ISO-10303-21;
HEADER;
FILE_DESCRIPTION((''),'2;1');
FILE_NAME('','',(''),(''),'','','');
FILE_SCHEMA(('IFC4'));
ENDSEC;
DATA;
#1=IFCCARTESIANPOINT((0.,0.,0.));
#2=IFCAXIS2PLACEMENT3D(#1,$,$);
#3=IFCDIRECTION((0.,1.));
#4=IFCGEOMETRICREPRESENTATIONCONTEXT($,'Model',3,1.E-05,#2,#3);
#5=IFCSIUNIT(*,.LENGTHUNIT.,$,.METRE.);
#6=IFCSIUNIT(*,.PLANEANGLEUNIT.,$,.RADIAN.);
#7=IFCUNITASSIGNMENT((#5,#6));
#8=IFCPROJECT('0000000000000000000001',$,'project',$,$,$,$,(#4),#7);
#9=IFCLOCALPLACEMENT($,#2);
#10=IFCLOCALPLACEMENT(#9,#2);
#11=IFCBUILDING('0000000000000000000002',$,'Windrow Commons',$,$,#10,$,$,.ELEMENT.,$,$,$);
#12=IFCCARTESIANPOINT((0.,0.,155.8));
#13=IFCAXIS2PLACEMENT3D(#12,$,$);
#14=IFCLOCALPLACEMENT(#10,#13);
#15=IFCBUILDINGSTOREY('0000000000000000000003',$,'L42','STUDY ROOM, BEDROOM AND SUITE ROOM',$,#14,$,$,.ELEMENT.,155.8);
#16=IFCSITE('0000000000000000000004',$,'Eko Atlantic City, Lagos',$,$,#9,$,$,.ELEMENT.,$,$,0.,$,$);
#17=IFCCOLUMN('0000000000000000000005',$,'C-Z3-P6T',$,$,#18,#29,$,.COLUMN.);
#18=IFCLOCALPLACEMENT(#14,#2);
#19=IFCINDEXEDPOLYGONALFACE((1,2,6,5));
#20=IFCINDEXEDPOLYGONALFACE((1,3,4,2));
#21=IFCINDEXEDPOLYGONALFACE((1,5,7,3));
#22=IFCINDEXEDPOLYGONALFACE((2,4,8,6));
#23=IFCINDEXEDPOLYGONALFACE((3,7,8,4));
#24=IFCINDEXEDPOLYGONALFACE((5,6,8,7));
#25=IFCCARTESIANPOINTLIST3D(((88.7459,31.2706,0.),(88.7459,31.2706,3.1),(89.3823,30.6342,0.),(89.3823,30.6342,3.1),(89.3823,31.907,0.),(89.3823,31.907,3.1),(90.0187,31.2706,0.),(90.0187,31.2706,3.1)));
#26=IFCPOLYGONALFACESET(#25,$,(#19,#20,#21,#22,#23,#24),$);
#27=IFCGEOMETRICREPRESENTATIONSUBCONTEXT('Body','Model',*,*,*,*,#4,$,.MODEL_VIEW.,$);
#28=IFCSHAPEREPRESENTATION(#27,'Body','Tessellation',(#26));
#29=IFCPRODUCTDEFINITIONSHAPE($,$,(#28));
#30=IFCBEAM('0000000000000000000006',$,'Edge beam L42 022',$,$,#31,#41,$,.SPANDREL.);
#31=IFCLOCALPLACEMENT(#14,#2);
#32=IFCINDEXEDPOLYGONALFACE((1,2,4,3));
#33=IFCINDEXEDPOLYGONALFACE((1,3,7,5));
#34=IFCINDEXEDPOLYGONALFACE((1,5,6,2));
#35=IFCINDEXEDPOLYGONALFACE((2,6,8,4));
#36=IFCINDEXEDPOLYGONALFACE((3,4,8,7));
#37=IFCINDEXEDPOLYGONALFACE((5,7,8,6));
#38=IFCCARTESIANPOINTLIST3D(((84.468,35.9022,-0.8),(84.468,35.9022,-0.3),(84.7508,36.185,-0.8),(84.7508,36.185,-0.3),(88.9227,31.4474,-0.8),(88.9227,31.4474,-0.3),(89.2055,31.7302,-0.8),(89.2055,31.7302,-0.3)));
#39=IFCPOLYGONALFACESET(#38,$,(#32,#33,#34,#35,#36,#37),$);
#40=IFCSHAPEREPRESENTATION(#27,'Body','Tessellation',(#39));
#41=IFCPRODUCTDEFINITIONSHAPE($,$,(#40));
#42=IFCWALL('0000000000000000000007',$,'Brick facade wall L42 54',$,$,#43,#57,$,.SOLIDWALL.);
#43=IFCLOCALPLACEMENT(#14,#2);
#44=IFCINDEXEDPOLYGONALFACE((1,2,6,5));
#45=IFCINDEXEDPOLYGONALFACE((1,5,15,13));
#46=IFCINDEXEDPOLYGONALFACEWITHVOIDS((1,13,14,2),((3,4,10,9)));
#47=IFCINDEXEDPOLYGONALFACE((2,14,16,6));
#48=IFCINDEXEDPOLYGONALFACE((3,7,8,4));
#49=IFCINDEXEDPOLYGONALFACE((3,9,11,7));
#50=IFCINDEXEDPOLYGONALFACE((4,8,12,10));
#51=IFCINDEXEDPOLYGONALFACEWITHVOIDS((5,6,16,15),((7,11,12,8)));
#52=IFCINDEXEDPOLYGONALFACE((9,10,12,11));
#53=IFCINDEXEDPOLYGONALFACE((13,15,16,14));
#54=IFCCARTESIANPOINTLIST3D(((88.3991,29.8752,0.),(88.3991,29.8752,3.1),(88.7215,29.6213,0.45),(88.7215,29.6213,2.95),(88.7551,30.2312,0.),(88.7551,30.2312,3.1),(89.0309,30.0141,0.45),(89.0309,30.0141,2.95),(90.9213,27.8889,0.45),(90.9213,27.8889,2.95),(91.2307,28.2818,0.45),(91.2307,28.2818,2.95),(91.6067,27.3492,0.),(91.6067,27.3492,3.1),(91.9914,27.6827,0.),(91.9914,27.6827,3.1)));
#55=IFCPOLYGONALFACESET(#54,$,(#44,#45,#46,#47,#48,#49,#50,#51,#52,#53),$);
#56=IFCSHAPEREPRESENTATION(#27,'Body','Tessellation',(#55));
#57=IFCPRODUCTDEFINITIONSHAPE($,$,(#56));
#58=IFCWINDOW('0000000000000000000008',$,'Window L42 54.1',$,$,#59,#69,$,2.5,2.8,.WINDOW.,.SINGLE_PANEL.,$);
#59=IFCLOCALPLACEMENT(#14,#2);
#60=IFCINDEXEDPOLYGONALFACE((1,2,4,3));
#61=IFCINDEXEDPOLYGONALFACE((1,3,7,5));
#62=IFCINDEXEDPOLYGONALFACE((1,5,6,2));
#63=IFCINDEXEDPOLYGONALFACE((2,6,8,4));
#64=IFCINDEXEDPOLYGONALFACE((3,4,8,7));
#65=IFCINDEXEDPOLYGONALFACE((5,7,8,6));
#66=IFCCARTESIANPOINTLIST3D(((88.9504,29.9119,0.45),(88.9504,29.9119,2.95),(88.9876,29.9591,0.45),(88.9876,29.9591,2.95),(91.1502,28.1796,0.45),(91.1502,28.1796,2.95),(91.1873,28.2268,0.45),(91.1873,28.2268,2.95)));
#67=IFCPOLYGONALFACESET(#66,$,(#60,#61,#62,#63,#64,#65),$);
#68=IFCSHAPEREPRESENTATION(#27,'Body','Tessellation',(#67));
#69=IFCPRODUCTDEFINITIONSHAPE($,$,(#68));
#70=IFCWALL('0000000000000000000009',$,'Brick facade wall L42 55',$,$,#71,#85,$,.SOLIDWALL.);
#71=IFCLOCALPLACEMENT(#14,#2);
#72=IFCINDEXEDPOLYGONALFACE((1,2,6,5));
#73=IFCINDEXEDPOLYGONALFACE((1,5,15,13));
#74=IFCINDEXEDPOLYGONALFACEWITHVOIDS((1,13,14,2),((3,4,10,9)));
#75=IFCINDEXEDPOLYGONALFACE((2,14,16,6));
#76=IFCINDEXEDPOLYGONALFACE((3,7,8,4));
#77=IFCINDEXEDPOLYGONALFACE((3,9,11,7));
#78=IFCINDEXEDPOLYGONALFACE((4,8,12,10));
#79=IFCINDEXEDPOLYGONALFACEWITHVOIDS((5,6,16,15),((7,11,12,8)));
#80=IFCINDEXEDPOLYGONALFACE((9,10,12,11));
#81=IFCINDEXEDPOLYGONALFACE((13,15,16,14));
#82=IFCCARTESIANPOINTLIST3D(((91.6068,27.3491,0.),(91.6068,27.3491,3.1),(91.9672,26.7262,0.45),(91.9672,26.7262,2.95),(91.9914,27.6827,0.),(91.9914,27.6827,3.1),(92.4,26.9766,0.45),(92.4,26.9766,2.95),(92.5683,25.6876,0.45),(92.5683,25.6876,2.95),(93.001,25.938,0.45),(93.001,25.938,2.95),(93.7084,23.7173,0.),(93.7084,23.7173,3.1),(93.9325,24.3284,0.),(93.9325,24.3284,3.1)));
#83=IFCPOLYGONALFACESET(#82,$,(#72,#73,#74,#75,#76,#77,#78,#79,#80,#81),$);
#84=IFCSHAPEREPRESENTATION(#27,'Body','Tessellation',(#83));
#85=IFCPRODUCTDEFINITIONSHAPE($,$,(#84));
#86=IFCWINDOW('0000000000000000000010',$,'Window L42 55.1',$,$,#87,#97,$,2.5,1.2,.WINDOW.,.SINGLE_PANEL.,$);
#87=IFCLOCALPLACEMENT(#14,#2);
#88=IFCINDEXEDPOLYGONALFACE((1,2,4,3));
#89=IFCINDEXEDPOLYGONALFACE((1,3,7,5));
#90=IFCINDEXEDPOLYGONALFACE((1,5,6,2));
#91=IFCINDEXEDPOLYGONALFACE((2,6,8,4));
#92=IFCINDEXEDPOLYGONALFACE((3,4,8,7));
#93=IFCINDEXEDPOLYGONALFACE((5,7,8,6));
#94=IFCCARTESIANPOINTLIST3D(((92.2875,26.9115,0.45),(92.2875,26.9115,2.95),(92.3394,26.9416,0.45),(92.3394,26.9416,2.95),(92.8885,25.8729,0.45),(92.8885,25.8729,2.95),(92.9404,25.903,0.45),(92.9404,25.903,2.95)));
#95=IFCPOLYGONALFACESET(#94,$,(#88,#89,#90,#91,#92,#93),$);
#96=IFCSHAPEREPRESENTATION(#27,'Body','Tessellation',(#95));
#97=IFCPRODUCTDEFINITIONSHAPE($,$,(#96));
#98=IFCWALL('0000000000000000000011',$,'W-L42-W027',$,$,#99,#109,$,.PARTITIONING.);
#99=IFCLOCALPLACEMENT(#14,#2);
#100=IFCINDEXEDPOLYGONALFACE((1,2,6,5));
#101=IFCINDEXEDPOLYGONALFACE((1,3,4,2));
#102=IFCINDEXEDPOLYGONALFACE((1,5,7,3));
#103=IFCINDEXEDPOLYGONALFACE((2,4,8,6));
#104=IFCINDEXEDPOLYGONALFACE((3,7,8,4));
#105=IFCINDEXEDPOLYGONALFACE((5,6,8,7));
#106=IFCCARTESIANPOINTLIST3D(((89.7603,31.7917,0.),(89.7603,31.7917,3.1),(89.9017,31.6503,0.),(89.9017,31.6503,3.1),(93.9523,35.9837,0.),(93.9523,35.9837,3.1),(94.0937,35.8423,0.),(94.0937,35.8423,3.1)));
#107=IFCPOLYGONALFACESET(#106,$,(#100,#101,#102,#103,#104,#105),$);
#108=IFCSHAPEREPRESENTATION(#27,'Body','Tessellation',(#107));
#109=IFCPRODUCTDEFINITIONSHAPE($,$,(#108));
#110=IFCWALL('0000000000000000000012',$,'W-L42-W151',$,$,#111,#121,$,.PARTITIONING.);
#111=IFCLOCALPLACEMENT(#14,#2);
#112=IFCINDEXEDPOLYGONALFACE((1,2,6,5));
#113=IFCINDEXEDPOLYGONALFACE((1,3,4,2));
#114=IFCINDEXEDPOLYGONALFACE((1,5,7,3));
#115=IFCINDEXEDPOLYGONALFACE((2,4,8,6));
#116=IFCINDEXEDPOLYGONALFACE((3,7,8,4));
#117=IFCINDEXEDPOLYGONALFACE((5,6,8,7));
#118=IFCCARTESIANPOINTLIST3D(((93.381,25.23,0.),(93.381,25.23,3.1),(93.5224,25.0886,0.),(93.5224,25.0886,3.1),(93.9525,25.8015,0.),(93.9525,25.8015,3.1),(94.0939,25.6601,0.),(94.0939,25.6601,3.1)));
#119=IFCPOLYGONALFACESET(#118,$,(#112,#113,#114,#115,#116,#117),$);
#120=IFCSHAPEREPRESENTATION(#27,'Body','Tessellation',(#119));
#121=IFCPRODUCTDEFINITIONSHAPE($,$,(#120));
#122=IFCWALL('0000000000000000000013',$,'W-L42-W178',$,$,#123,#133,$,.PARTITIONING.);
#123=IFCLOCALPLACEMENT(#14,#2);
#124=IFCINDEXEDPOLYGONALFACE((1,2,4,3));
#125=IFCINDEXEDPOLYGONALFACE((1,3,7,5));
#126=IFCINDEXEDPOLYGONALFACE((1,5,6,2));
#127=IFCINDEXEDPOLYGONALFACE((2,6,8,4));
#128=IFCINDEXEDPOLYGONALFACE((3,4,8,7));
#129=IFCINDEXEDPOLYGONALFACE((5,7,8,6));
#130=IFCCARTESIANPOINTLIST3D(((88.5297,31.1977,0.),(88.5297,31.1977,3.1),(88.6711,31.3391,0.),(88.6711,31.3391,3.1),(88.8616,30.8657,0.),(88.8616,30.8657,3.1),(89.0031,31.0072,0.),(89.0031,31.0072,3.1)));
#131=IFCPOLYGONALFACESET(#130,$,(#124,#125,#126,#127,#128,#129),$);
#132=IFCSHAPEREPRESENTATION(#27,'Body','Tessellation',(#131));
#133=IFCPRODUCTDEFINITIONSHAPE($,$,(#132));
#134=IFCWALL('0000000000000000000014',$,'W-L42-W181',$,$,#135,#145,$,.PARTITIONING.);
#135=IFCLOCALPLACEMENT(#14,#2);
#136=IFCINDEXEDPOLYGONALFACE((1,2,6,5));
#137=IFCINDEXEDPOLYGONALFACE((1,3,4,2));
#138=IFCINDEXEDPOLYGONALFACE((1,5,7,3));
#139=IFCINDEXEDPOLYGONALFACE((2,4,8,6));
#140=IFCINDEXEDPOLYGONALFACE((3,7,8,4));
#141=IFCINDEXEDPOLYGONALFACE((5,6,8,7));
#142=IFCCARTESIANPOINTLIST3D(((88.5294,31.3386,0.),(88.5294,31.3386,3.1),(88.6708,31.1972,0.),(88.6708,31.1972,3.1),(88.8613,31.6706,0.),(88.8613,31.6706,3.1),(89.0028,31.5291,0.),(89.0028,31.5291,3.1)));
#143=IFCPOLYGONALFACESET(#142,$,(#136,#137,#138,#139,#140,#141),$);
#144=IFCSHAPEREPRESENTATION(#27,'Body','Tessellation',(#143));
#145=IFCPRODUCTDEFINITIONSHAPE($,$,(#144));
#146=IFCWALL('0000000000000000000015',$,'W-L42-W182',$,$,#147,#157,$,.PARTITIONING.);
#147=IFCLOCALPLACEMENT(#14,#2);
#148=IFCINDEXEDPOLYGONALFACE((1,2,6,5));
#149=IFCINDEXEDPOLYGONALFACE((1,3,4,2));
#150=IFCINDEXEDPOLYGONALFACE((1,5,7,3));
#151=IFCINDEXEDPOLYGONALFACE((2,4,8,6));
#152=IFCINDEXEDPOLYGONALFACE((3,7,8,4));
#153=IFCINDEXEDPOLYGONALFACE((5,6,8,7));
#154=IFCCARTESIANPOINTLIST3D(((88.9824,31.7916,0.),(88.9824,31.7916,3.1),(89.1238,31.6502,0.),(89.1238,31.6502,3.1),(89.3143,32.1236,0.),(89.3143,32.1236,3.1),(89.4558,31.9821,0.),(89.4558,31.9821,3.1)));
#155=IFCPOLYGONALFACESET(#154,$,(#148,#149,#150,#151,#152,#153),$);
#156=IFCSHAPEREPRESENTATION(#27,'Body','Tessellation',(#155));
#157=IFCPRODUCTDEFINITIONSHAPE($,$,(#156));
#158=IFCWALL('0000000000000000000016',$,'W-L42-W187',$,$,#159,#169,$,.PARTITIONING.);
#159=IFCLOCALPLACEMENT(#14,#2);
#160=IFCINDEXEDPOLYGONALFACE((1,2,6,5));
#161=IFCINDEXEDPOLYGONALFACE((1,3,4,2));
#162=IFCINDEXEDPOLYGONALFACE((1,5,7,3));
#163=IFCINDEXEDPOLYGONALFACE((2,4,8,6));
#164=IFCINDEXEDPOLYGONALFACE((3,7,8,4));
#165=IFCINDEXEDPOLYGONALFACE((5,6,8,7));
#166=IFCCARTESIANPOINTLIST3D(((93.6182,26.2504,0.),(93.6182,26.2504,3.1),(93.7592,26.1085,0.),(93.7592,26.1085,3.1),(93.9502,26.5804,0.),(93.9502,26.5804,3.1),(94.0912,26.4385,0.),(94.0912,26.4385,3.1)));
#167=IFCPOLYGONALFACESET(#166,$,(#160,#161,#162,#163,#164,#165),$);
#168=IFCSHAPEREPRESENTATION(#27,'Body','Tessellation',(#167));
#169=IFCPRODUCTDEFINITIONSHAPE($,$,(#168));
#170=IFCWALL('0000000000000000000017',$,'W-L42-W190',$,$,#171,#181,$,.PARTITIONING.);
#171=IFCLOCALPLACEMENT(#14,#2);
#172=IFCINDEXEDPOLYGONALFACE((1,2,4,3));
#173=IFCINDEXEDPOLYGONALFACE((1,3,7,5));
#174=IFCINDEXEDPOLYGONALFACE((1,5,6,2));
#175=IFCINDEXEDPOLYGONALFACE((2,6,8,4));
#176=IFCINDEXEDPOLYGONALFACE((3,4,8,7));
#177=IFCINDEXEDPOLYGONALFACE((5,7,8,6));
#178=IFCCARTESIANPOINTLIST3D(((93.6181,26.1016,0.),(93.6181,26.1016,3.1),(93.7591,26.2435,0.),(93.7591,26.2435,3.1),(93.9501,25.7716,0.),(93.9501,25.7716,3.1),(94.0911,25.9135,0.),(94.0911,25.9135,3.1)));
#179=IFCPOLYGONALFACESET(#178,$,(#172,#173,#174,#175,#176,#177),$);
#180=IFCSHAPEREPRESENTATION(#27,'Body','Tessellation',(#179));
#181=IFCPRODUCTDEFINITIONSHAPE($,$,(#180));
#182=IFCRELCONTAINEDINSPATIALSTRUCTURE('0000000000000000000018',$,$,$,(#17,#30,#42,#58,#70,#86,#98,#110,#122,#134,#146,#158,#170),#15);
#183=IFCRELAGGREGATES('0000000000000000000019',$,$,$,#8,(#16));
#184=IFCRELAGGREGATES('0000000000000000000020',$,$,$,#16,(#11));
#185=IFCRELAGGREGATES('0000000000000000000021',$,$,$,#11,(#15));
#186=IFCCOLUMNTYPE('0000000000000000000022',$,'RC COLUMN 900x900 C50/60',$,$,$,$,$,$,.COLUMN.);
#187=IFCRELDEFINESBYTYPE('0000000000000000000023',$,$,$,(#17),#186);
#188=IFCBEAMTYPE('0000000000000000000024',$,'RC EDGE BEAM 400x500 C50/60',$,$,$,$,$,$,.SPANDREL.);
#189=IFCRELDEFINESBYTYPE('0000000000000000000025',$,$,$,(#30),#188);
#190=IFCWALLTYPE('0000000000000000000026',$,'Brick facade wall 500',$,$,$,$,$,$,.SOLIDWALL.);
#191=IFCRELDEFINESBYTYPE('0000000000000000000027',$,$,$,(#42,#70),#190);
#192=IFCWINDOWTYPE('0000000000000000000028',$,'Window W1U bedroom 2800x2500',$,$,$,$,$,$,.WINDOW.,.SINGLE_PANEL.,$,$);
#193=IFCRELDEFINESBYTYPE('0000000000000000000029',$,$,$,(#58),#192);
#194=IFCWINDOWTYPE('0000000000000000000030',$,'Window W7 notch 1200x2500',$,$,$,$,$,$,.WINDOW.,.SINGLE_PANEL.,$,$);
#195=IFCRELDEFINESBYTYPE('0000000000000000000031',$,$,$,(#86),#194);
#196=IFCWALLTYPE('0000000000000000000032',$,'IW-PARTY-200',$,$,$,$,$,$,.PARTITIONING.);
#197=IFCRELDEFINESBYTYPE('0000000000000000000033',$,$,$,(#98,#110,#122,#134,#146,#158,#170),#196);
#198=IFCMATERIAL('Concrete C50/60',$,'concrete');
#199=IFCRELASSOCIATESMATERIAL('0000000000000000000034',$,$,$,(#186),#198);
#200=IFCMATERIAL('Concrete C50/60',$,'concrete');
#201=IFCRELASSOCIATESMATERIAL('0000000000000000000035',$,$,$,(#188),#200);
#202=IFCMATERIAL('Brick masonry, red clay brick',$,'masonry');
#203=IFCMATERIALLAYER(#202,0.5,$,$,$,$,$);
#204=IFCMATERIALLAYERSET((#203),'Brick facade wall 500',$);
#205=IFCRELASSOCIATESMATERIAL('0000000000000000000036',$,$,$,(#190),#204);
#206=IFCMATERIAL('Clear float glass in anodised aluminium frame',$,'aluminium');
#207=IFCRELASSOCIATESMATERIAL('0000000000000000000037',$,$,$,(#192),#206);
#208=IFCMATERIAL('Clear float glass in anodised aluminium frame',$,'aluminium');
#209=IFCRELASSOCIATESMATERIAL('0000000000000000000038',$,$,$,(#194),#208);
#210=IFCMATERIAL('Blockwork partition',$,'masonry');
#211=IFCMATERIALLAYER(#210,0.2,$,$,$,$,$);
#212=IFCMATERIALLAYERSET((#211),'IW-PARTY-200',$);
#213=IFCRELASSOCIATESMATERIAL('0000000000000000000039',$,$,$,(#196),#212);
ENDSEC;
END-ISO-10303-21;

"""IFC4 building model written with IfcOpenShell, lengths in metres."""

from ifc_helpers import new_model, si_unit, direction, frame, frame_2d, origin, origin_2d, place, context, subcontext, project, spatial, polyline, rectangle, outline, extrude, material, layer, layer_set, material_profile, profile_set, type_object, element, fill, save


model = new_model("IFC4")

# Units and contexts
model_context = context("Model", 3, precision=1e-05, world=origin(), true_north=direction((0.0, 1.0)))
body_context = subcontext(model_context, "Body", "Model", "MODEL_VIEW")
ifc_project = project(units=[si_unit("LENGTHUNIT", "METRE"), si_unit("PLANEANGLEUNIT", "RADIAN")], contexts=[model_context])

# Site, building, storey
site_placement = place(None, origin())
site = spatial("IfcSite", under=ifc_project, at=site_placement, Name="Eko Atlantic City, Lagos", CompositionType="ELEMENT", RefElevation=0.0)
building_placement = place(site_placement, origin())
building = spatial("IfcBuilding", under=site, at=building_placement, Name="Windrow Commons", CompositionType="ELEMENT")
storey_placement = place(building_placement, frame((0.0, 0.0, 155.8)))
storey = spatial("IfcBuildingStorey", under=building, at=storey_placement, Name="L42", Description="STUDY ROOM, BEDROOM AND SUITE ROOM", CompositionType="ELEMENT", Elevation=155.8)

# Column
ifc_material_1 = material(Name="Concrete C50/60", Category="concrete")
ifc_material_profile_1 = material_profile(ifc_material_1, rectangle(XDim=0.9, YDim=0.9, at=origin_2d()))
ifc_profile_set_1 = profile_set([ifc_material_profile_1], Name="Concrete C50/60")
column_type = type_object("IfcColumnType", Name="RC COLUMN 900x900 C50/60", PredefinedType="COLUMN", material=ifc_profile_set_1)
column_placement = place(storey_placement, frame((89.3823, 31.2706, 0.0), z_axis=(0.0, 0.0, 1.0), x_axis=(0.707107, -0.707107, 0.0)))
element("IfcColumn", 1, at=column_placement, inside=storey, type_object=column_type, Name="C-Z3-P6T", PredefinedType="COLUMN", context=body_context, shape_type="SweptSolid", body=[
    extrude(rectangle(XDim=0.9, YDim=0.9, at=origin_2d()), origin(), (0.0, 0.0, 1.0), 3.1),
])

# Beam
ifc_material_2 = material(Name="Concrete C50/60", Category="concrete")
ifc_material_profile_2 = material_profile(ifc_material_2, rectangle(XDim=0.4, YDim=0.5, at=origin_2d()))
ifc_profile_set_2 = profile_set([ifc_material_profile_2], Name="Concrete C50/60")
beam_type = type_object("IfcBeamType", Name="RC EDGE BEAM 400x500 C50/60", PredefinedType="SPANDREL", material=ifc_profile_set_2)
beam_placement = place(storey_placement, frame((89.0641, 31.5888, -0.55), z_axis=(-0.707099, 0.707115, 0.0), x_axis=(-0.707115, -0.707099, 0.0)))
element("IfcBeam", 2, at=beam_placement, inside=storey, type_object=beam_type, Name="Edge beam L42 022", PredefinedType="SPANDREL", context=body_context, shape_type="SweptSolid", body=[
    extrude(rectangle(XDim=0.4, YDim=0.5, at=origin_2d()), origin(), (0.0, 0.0, 1.0), 6.3),
])

# Walls, openings, windows
ifc_material_3 = material(Name="Brick masonry, red clay brick", Category="masonry")
ifc_layer_1 = layer(ifc_material_3, 0.5)
ifc_layer_set_1 = layer_set([ifc_layer_1], Name="Brick facade wall 500")
wall_type_1 = type_object("IfcWallType", Name="Brick facade wall 500", PredefinedType="SOLIDWALL", material=ifc_layer_set_1)
wall_1_placement = place(storey_placement, frame((88.5771, 30.0532, 0.0), z_axis=(0.0, 0.0, 1.0), x_axis=(0.785639, -0.618685, 0.0)))
wall_1 = element("IfcWall", 3, at=wall_1_placement, inside=storey, type_object=wall_type_1, Name="Brick facade wall L42 54", PredefinedType="SOLIDWALL", context=body_context, shape_type="SweptSolid", body=[
    extrude(outline(polyline([(-0.0297, -0.25), (4.0531, -0.25), (4.149, 0.25), (0.0297, 0.25), (-0.0297, -0.25)])), origin(), (0.0, 0.0, 1.0), 3.1),
])
opening_1_placement = place(wall_1_placement, frame((0.3807, 0.0, 0.45)))
opening_1 = element("IfcOpeningElement", 4, at=opening_1_placement, cuts=wall_1, PredefinedType="OPENING", context=body_context, shape_type="SweptSolid", body=[
    extrude(rectangle(XDim=2.8, YDim=2.5, at=frame_2d((1.4, 1.25))), frame((0.0, 0.26, 0.0), z_axis=(0.0, -1.0, 0.0), x_axis=(1.0, 0.0, 0.0)), (0.0, 0.0, 1.0), 0.52),
])
ifc_material_4 = material(Name="Clear float glass in anodised aluminium frame", Category="aluminium")
window_type_1 = type_object("IfcWindowType", Name="Window W1U bedroom 2800x2500", PartitioningType="SINGLE_PANEL", PredefinedType="WINDOW", material=ifc_material_4)
window_1_placement = place(opening_1_placement, origin())
window_1 = element("IfcWindow", 5, at=window_1_placement, inside=storey, type_object=window_type_1, Name="Window L42 54.1", OverallHeight=2.5, OverallWidth=2.8, PartitioningType="SINGLE_PANEL", PredefinedType="WINDOW", context=body_context, shape_type="SweptSolid", body=[
    extrude(rectangle(XDim=2.8, YDim=2.5, at=frame_2d((1.4, 1.25))), frame((0.0, 0.18, 0.0), z_axis=(0.0, -1.0, 0.0), x_axis=(1.0, 0.0, 0.0)), (0.0, 0.0, 1.0), 0.06),
])
fill(opening_1, window_1)
wall_2_placement = place(storey_placement, frame((91.7991, 27.5159, 0.0), z_axis=(0.0, 0.0, 1.0), x_axis=(0.500858, -0.86553, 0.0)))
wall_2 = element("IfcWall", 6, at=wall_2_placement, inside=storey, type_object=wall_type_1, Name="Brick facade wall L42 55", PredefinedType="SOLIDWALL", context=body_context, shape_type="SweptSolid", body=[
    extrude(outline(polyline([(0.048, -0.25), (4.2441, -0.25), (3.8274, 0.25), (-0.048, 0.25), (0.048, -0.25)])), origin(), (0.0, 0.0, 1.0), 3.1),
])
opening_2_placement = place(wall_2_placement, frame((0.7677, 0.0, 0.45)))
opening_2 = element("IfcOpeningElement", 7, at=opening_2_placement, cuts=wall_2, PredefinedType="OPENING", context=body_context, shape_type="SweptSolid", body=[
    extrude(rectangle(XDim=1.2, YDim=2.5, at=frame_2d((0.6, 1.25))), frame((0.0, 0.26, 0.0), z_axis=(0.0, -1.0, 0.0), x_axis=(1.0, 0.0, 0.0)), (0.0, 0.0, 1.0), 0.52),
])
ifc_material_5 = material(Name="Clear float glass in anodised aluminium frame", Category="aluminium")
window_type_2 = type_object("IfcWindowType", Name="Window W7 notch 1200x2500", PartitioningType="SINGLE_PANEL", PredefinedType="WINDOW", material=ifc_material_5)
window_2_placement = place(opening_2_placement, origin())
window_2 = element("IfcWindow", 8, at=window_2_placement, inside=storey, type_object=window_type_2, Name="Window L42 55.1", OverallHeight=2.5, OverallWidth=1.2, PartitioningType="SINGLE_PANEL", PredefinedType="WINDOW", context=body_context, shape_type="SweptSolid", body=[
    extrude(rectangle(XDim=1.2, YDim=2.5, at=frame_2d((0.6, 1.25))), frame((0.0, 0.18, 0.0), z_axis=(0.0, -1.0, 0.0), x_axis=(1.0, 0.0, 0.0)), (0.0, 0.0, 1.0), 0.06),
])
fill(opening_2, window_2)

# Walls
ifc_material_6 = material(Name="Blockwork partition", Category="masonry")
ifc_layer_2 = layer(ifc_material_6, 0.2)
ifc_layer_set_2 = layer_set([ifc_layer_2], Name="IW-PARTY-200")
wall_type_2 = type_object("IfcWallType", Name="IW-PARTY-200", PredefinedType="PARTITIONING", material=ifc_layer_set_2)
wall_3_placement = place(storey_placement, frame((89.831, 31.721, 0.0), z_axis=(0.0, 0.0, 1.0), x_axis=(0.707107, 0.707107, 0.0)))
element("IfcWall", 9, at=wall_3_placement, inside=storey, type_object=wall_type_2, Name="W-L42-W027", PredefinedType="PARTITIONING", context=body_context, shape_type="SweptSolid", body=[
    extrude(rectangle(XDim=5.9284, YDim=0.2, at=frame_2d((2.9642, 0.0))), origin(), (0.0, 0.0, 1.0), 3.1),
])
wall_4_placement = place(storey_placement, frame((93.4517, 25.1593, 0.0), z_axis=(0.0, 0.0, 1.0), x_axis=(0.707107, 0.707107, 0.0)))
element("IfcWall", 10, at=wall_4_placement, inside=storey, type_object=wall_type_2, Name="W-L42-W151", PredefinedType="PARTITIONING", context=body_context, shape_type="SweptSolid", body=[
    extrude(rectangle(XDim=0.8082, YDim=0.2, at=frame_2d((0.4041, 0.0))), origin(), (0.0, 0.0, 1.0), 3.1),
])
for number, where, z_axis, x_axis, name in (
    (11, (88.6004, 31.2684, 0.0), (0.0, 0.0, 1.0), (0.707107, -0.707107, 0.0), "W-L42-W178"),
    (12, (88.6001, 31.2679, 0.0), (0.0, 0.0, 1.0), (0.707107, 0.707107, 0.0), "W-L42-W181"),
    (13, (89.0531, 31.7209, 0.0), (0.0, 0.0, 1.0), (0.707107, 0.707107, 0.0), "W-L42-W182"),
):
    element("IfcWall", number, at=place(storey_placement, frame(where, z_axis=z_axis, x_axis=x_axis)), inside=storey, type_object=wall_type_2, Name=name, PredefinedType="PARTITIONING", context=body_context, shape_type="SweptSolid", body=[
        extrude(rectangle(XDim=0.4695, YDim=0.2, at=frame_2d((0.2347, 0.0))), origin(), (0.0, 0.0, 1.0), 3.1),
    ])
for number, where, z_axis, x_axis, name in (
    (14, (93.6887, 26.1794, 0.0), (0.0, 0.0, 1.0), (0.70924, 0.704967, 0.0), "W-L42-W187"),
    (15, (93.6886, 26.1726, 0.0), (0.0, 0.0, 1.0), (0.70924, -0.704967, 0.0), "W-L42-W190"),
):
    element("IfcWall", number, at=place(storey_placement, frame(where, z_axis=z_axis, x_axis=x_axis)), inside=storey, type_object=wall_type_2, Name=name, PredefinedType="PARTITIONING", context=body_context, shape_type="SweptSolid", body=[
        extrude(rectangle(XDim=0.4681, YDim=0.2, at=frame_2d((0.2341, 0.0))), origin(), (0.0, 0.0, 1.0), 3.1),
    ])

save(model, "model.ifc")
